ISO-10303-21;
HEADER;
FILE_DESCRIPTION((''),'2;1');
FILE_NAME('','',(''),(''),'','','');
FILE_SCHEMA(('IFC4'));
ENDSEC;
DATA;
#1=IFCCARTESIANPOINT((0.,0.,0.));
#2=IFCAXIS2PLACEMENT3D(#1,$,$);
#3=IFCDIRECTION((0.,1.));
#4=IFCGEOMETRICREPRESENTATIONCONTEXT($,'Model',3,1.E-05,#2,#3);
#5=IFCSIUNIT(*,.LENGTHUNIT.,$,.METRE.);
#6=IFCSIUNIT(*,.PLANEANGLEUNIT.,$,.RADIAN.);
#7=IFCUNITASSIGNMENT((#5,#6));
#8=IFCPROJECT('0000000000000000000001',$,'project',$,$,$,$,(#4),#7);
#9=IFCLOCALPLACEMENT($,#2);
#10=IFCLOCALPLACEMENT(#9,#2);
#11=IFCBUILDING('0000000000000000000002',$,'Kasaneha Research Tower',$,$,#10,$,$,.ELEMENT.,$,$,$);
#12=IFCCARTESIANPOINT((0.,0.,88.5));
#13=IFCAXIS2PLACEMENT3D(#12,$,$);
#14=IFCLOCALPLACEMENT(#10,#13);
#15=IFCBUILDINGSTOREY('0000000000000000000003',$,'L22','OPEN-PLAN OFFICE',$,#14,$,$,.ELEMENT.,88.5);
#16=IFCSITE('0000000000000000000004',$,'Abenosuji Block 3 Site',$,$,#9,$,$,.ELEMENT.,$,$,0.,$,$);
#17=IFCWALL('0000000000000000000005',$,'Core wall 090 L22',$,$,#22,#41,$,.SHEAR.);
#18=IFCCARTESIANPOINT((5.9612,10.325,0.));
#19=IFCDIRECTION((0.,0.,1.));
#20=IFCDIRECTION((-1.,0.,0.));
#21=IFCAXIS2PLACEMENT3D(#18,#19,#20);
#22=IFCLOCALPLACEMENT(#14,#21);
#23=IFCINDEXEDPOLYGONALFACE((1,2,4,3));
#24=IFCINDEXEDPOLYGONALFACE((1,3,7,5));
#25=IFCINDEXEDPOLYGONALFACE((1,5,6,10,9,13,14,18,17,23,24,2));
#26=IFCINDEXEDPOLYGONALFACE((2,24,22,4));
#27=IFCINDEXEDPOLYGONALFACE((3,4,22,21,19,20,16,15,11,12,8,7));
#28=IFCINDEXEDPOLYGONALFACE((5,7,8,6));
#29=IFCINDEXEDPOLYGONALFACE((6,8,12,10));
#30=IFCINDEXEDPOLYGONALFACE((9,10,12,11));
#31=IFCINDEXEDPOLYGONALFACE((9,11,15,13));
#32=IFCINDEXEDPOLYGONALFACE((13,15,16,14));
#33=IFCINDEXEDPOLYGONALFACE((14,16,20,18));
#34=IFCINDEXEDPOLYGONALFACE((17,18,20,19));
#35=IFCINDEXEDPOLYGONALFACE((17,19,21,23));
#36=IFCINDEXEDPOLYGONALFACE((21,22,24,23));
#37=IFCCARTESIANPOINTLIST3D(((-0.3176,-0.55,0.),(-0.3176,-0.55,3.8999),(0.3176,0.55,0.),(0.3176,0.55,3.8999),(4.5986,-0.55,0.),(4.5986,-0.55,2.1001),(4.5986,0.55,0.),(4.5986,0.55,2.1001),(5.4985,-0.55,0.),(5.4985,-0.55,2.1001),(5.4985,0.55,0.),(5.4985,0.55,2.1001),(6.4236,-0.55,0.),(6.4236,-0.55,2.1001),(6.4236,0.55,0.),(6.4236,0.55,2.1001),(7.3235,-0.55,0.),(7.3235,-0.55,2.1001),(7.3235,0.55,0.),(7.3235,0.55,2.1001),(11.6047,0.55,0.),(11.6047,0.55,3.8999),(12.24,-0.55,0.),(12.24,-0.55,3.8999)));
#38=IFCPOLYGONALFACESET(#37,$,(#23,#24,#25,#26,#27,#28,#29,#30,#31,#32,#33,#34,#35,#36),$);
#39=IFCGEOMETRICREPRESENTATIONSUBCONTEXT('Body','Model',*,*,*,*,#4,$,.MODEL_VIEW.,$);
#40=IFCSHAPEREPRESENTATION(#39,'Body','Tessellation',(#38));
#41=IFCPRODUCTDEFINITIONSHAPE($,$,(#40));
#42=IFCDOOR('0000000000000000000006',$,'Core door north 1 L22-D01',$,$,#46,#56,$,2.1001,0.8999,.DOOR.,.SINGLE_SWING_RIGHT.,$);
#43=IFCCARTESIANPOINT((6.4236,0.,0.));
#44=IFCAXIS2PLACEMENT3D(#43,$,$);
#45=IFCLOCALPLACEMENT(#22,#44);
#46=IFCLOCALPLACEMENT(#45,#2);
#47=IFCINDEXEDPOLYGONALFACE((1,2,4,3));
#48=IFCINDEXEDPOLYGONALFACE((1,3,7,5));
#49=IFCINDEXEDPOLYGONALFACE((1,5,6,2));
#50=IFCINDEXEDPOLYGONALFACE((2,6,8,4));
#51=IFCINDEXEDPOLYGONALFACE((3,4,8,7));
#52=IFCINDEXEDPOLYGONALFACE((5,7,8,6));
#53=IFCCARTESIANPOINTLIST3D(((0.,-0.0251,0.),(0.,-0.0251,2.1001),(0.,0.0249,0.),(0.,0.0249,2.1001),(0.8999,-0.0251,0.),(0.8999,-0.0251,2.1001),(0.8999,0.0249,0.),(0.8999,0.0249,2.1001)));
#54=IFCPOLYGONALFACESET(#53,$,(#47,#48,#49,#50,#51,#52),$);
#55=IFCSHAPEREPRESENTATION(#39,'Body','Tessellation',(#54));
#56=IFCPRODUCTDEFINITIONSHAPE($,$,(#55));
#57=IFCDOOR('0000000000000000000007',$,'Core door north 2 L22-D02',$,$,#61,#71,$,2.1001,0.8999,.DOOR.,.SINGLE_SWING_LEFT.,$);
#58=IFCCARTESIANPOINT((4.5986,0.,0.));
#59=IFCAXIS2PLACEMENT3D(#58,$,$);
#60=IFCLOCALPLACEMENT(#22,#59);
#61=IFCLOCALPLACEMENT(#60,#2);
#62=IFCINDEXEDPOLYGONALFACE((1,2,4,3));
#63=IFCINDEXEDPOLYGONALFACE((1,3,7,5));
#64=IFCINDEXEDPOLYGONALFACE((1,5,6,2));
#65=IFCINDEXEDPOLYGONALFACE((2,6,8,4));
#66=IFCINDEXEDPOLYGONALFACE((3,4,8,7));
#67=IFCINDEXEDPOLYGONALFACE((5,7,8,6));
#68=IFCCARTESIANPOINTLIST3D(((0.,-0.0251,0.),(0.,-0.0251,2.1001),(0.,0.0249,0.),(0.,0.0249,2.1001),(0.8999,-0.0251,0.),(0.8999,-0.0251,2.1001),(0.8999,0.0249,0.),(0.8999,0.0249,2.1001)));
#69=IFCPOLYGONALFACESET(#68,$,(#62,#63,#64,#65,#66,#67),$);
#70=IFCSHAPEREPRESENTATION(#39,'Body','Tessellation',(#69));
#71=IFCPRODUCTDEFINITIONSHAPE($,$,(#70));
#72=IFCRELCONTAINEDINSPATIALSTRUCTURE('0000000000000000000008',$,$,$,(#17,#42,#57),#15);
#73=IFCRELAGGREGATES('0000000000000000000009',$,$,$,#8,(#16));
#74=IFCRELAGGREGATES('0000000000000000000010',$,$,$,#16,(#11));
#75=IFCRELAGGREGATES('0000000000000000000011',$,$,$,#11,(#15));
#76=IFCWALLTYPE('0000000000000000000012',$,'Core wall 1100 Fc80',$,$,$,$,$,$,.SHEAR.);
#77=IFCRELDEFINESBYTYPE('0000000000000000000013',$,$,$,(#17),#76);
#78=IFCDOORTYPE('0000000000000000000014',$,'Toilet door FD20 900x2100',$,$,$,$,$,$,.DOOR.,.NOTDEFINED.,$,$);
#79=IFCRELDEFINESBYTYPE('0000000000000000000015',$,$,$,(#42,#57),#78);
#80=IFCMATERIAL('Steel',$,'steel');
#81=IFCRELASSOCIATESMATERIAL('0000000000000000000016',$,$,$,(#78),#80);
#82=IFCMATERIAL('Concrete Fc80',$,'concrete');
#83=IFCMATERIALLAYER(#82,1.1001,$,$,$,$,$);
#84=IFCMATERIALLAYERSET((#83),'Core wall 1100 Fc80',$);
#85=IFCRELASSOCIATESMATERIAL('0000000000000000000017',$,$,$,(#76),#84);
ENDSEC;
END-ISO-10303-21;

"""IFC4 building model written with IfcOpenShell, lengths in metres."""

from ifc_helpers import new_model, si_unit, direction, frame, frame_2d, origin, place, context, subcontext, project, spatial, polyline, rectangle, outline, extrude, material, layer, layer_set, type_object, element, fill, save


model = new_model("IFC4")

# Units and contexts
model_context = context("Model", 3, precision=1e-05, world=origin(), true_north=direction((0.0, 1.0)))
body_context = subcontext(model_context, "Body", "Model", "MODEL_VIEW")
ifc_project = project(units=[si_unit("LENGTHUNIT", "METRE"), si_unit("PLANEANGLEUNIT", "RADIAN")], contexts=[model_context])

# Site, building, storey
site_placement = place(None, origin())
site = spatial("IfcSite", under=ifc_project, at=site_placement, Name="Abenosuji Block 3 Site", CompositionType="ELEMENT", RefElevation=0.0)
building_placement = place(site_placement, origin())
building = spatial("IfcBuilding", under=site, at=building_placement, Name="Kasaneha Research Tower", CompositionType="ELEMENT")
storey_placement = place(building_placement, frame((0.0, 0.0, 88.5)))
storey = spatial("IfcBuildingStorey", under=building, at=storey_placement, Name="L22", Description="OPEN-PLAN OFFICE", CompositionType="ELEMENT", Elevation=88.5)

# Shared definitions
ifc_material_1 = material(Name="Steel", Category="steel")
door_type_1 = type_object("IfcDoorType", Name="Toilet door FD20 900x2100", OperationType="NOTDEFINED", PredefinedType="DOOR", material=ifc_material_1)

# Wall, openings, doors
ifc_material_2 = material(Name="Concrete Fc80", Category="concrete")
ifc_layer_1 = layer(ifc_material_2, 1.1001)
ifc_layer_set_1 = layer_set([ifc_layer_1], Name="Core wall 1100 Fc80")
wall_type_1 = type_object("IfcWallType", Name="Core wall 1100 Fc80", PredefinedType="SHEAR", material=ifc_layer_set_1)
wall_1_placement = place(storey_placement, frame((5.9612, 10.325, 0.0), z_axis=(0.0, 0.0, 1.0), x_axis=(-1.0, 0.0, 0.0)))
wall_1 = element("IfcWall", 1, at=wall_1_placement, inside=storey, type_object=wall_type_1, Name="Core wall 090 L22", PredefinedType="SHEAR", context=body_context, shape_type="SweptSolid", body=[
    extrude(outline(polyline([(-0.3176, -0.55), (4.5986, -0.55), (5.4985, -0.55), (6.4236, -0.55), (7.3235, -0.55), (12.24, -0.55), (11.6047, 0.55), (7.3235, 0.55), (6.4236, 0.55), (5.4985, 0.55), (4.5986, 0.55), (0.3176, 0.55), (-0.3176, -0.55)])), origin(), (0.0, 0.0, 1.0), 3.8999),
])
opening_1_placement = place(wall_1_placement, frame((6.4236, 0.0, 0.0)))
opening_1 = element("IfcOpeningElement", 2, at=opening_1_placement, cuts=wall_1, PredefinedType="OPENING", context=body_context, shape_type="SweptSolid", body=[
    extrude(rectangle(XDim=0.8999, YDim=2.1001, at=frame_2d((0.45, 1.05))), frame((0.0, 0.5601, 0.0), z_axis=(0.0, -1.0, 0.0), x_axis=(1.0, 0.0, 0.0)), (0.0, 0.0, 1.0), 1.1201),
])
opening_2_placement = place(wall_1_placement, frame((4.5986, 0.0, 0.0)))
opening_2 = element("IfcOpeningElement", 3, at=opening_2_placement, cuts=wall_1, PredefinedType="OPENING", context=body_context, shape_type="SweptSolid", body=[
    extrude(rectangle(XDim=0.8999, YDim=2.1001, at=frame_2d((0.45, 1.05))), frame((0.0, 0.5601, 0.0), z_axis=(0.0, -1.0, 0.0), x_axis=(1.0, 0.0, 0.0)), (0.0, 0.0, 1.0), 1.1201),
])
door_1_placement = place(opening_1_placement, origin())
door_1 = element("IfcDoor", 4, at=door_1_placement, inside=storey, type_object=door_type_1, Name="Core door north 1 L22-D01", OperationType="SINGLE_SWING_RIGHT", OverallHeight=2.1001, OverallWidth=0.8999, PredefinedType="DOOR", context=body_context, shape_type="SweptSolid", body=[
    extrude(rectangle(XDim=0.8999, YDim=2.1001, at=frame_2d((0.45, 1.05))), frame((0.0, 0.0249, 0.0), z_axis=(0.0, -1.0, 0.0), x_axis=(1.0, 0.0, 0.0)), (0.0, 0.0, 1.0), 0.05),
])
fill(opening_1, door_1)
door_2_placement = place(opening_2_placement, origin())
door_2 = element("IfcDoor", 5, at=door_2_placement, inside=storey, type_object=door_type_1, Name="Core door north 2 L22-D02", OperationType="SINGLE_SWING_LEFT", OverallHeight=2.1001, OverallWidth=0.8999, PredefinedType="DOOR", context=body_context, shape_type="SweptSolid", body=[
    extrude(rectangle(XDim=0.8999, YDim=2.1001, at=frame_2d((0.45, 1.05))), frame((0.0, 0.0249, 0.0), z_axis=(0.0, -1.0, 0.0), x_axis=(1.0, 0.0, 0.0)), (0.0, 0.0, 1.0), 0.05),
])
fill(opening_2, door_2)

save(model, "model.ifc")
